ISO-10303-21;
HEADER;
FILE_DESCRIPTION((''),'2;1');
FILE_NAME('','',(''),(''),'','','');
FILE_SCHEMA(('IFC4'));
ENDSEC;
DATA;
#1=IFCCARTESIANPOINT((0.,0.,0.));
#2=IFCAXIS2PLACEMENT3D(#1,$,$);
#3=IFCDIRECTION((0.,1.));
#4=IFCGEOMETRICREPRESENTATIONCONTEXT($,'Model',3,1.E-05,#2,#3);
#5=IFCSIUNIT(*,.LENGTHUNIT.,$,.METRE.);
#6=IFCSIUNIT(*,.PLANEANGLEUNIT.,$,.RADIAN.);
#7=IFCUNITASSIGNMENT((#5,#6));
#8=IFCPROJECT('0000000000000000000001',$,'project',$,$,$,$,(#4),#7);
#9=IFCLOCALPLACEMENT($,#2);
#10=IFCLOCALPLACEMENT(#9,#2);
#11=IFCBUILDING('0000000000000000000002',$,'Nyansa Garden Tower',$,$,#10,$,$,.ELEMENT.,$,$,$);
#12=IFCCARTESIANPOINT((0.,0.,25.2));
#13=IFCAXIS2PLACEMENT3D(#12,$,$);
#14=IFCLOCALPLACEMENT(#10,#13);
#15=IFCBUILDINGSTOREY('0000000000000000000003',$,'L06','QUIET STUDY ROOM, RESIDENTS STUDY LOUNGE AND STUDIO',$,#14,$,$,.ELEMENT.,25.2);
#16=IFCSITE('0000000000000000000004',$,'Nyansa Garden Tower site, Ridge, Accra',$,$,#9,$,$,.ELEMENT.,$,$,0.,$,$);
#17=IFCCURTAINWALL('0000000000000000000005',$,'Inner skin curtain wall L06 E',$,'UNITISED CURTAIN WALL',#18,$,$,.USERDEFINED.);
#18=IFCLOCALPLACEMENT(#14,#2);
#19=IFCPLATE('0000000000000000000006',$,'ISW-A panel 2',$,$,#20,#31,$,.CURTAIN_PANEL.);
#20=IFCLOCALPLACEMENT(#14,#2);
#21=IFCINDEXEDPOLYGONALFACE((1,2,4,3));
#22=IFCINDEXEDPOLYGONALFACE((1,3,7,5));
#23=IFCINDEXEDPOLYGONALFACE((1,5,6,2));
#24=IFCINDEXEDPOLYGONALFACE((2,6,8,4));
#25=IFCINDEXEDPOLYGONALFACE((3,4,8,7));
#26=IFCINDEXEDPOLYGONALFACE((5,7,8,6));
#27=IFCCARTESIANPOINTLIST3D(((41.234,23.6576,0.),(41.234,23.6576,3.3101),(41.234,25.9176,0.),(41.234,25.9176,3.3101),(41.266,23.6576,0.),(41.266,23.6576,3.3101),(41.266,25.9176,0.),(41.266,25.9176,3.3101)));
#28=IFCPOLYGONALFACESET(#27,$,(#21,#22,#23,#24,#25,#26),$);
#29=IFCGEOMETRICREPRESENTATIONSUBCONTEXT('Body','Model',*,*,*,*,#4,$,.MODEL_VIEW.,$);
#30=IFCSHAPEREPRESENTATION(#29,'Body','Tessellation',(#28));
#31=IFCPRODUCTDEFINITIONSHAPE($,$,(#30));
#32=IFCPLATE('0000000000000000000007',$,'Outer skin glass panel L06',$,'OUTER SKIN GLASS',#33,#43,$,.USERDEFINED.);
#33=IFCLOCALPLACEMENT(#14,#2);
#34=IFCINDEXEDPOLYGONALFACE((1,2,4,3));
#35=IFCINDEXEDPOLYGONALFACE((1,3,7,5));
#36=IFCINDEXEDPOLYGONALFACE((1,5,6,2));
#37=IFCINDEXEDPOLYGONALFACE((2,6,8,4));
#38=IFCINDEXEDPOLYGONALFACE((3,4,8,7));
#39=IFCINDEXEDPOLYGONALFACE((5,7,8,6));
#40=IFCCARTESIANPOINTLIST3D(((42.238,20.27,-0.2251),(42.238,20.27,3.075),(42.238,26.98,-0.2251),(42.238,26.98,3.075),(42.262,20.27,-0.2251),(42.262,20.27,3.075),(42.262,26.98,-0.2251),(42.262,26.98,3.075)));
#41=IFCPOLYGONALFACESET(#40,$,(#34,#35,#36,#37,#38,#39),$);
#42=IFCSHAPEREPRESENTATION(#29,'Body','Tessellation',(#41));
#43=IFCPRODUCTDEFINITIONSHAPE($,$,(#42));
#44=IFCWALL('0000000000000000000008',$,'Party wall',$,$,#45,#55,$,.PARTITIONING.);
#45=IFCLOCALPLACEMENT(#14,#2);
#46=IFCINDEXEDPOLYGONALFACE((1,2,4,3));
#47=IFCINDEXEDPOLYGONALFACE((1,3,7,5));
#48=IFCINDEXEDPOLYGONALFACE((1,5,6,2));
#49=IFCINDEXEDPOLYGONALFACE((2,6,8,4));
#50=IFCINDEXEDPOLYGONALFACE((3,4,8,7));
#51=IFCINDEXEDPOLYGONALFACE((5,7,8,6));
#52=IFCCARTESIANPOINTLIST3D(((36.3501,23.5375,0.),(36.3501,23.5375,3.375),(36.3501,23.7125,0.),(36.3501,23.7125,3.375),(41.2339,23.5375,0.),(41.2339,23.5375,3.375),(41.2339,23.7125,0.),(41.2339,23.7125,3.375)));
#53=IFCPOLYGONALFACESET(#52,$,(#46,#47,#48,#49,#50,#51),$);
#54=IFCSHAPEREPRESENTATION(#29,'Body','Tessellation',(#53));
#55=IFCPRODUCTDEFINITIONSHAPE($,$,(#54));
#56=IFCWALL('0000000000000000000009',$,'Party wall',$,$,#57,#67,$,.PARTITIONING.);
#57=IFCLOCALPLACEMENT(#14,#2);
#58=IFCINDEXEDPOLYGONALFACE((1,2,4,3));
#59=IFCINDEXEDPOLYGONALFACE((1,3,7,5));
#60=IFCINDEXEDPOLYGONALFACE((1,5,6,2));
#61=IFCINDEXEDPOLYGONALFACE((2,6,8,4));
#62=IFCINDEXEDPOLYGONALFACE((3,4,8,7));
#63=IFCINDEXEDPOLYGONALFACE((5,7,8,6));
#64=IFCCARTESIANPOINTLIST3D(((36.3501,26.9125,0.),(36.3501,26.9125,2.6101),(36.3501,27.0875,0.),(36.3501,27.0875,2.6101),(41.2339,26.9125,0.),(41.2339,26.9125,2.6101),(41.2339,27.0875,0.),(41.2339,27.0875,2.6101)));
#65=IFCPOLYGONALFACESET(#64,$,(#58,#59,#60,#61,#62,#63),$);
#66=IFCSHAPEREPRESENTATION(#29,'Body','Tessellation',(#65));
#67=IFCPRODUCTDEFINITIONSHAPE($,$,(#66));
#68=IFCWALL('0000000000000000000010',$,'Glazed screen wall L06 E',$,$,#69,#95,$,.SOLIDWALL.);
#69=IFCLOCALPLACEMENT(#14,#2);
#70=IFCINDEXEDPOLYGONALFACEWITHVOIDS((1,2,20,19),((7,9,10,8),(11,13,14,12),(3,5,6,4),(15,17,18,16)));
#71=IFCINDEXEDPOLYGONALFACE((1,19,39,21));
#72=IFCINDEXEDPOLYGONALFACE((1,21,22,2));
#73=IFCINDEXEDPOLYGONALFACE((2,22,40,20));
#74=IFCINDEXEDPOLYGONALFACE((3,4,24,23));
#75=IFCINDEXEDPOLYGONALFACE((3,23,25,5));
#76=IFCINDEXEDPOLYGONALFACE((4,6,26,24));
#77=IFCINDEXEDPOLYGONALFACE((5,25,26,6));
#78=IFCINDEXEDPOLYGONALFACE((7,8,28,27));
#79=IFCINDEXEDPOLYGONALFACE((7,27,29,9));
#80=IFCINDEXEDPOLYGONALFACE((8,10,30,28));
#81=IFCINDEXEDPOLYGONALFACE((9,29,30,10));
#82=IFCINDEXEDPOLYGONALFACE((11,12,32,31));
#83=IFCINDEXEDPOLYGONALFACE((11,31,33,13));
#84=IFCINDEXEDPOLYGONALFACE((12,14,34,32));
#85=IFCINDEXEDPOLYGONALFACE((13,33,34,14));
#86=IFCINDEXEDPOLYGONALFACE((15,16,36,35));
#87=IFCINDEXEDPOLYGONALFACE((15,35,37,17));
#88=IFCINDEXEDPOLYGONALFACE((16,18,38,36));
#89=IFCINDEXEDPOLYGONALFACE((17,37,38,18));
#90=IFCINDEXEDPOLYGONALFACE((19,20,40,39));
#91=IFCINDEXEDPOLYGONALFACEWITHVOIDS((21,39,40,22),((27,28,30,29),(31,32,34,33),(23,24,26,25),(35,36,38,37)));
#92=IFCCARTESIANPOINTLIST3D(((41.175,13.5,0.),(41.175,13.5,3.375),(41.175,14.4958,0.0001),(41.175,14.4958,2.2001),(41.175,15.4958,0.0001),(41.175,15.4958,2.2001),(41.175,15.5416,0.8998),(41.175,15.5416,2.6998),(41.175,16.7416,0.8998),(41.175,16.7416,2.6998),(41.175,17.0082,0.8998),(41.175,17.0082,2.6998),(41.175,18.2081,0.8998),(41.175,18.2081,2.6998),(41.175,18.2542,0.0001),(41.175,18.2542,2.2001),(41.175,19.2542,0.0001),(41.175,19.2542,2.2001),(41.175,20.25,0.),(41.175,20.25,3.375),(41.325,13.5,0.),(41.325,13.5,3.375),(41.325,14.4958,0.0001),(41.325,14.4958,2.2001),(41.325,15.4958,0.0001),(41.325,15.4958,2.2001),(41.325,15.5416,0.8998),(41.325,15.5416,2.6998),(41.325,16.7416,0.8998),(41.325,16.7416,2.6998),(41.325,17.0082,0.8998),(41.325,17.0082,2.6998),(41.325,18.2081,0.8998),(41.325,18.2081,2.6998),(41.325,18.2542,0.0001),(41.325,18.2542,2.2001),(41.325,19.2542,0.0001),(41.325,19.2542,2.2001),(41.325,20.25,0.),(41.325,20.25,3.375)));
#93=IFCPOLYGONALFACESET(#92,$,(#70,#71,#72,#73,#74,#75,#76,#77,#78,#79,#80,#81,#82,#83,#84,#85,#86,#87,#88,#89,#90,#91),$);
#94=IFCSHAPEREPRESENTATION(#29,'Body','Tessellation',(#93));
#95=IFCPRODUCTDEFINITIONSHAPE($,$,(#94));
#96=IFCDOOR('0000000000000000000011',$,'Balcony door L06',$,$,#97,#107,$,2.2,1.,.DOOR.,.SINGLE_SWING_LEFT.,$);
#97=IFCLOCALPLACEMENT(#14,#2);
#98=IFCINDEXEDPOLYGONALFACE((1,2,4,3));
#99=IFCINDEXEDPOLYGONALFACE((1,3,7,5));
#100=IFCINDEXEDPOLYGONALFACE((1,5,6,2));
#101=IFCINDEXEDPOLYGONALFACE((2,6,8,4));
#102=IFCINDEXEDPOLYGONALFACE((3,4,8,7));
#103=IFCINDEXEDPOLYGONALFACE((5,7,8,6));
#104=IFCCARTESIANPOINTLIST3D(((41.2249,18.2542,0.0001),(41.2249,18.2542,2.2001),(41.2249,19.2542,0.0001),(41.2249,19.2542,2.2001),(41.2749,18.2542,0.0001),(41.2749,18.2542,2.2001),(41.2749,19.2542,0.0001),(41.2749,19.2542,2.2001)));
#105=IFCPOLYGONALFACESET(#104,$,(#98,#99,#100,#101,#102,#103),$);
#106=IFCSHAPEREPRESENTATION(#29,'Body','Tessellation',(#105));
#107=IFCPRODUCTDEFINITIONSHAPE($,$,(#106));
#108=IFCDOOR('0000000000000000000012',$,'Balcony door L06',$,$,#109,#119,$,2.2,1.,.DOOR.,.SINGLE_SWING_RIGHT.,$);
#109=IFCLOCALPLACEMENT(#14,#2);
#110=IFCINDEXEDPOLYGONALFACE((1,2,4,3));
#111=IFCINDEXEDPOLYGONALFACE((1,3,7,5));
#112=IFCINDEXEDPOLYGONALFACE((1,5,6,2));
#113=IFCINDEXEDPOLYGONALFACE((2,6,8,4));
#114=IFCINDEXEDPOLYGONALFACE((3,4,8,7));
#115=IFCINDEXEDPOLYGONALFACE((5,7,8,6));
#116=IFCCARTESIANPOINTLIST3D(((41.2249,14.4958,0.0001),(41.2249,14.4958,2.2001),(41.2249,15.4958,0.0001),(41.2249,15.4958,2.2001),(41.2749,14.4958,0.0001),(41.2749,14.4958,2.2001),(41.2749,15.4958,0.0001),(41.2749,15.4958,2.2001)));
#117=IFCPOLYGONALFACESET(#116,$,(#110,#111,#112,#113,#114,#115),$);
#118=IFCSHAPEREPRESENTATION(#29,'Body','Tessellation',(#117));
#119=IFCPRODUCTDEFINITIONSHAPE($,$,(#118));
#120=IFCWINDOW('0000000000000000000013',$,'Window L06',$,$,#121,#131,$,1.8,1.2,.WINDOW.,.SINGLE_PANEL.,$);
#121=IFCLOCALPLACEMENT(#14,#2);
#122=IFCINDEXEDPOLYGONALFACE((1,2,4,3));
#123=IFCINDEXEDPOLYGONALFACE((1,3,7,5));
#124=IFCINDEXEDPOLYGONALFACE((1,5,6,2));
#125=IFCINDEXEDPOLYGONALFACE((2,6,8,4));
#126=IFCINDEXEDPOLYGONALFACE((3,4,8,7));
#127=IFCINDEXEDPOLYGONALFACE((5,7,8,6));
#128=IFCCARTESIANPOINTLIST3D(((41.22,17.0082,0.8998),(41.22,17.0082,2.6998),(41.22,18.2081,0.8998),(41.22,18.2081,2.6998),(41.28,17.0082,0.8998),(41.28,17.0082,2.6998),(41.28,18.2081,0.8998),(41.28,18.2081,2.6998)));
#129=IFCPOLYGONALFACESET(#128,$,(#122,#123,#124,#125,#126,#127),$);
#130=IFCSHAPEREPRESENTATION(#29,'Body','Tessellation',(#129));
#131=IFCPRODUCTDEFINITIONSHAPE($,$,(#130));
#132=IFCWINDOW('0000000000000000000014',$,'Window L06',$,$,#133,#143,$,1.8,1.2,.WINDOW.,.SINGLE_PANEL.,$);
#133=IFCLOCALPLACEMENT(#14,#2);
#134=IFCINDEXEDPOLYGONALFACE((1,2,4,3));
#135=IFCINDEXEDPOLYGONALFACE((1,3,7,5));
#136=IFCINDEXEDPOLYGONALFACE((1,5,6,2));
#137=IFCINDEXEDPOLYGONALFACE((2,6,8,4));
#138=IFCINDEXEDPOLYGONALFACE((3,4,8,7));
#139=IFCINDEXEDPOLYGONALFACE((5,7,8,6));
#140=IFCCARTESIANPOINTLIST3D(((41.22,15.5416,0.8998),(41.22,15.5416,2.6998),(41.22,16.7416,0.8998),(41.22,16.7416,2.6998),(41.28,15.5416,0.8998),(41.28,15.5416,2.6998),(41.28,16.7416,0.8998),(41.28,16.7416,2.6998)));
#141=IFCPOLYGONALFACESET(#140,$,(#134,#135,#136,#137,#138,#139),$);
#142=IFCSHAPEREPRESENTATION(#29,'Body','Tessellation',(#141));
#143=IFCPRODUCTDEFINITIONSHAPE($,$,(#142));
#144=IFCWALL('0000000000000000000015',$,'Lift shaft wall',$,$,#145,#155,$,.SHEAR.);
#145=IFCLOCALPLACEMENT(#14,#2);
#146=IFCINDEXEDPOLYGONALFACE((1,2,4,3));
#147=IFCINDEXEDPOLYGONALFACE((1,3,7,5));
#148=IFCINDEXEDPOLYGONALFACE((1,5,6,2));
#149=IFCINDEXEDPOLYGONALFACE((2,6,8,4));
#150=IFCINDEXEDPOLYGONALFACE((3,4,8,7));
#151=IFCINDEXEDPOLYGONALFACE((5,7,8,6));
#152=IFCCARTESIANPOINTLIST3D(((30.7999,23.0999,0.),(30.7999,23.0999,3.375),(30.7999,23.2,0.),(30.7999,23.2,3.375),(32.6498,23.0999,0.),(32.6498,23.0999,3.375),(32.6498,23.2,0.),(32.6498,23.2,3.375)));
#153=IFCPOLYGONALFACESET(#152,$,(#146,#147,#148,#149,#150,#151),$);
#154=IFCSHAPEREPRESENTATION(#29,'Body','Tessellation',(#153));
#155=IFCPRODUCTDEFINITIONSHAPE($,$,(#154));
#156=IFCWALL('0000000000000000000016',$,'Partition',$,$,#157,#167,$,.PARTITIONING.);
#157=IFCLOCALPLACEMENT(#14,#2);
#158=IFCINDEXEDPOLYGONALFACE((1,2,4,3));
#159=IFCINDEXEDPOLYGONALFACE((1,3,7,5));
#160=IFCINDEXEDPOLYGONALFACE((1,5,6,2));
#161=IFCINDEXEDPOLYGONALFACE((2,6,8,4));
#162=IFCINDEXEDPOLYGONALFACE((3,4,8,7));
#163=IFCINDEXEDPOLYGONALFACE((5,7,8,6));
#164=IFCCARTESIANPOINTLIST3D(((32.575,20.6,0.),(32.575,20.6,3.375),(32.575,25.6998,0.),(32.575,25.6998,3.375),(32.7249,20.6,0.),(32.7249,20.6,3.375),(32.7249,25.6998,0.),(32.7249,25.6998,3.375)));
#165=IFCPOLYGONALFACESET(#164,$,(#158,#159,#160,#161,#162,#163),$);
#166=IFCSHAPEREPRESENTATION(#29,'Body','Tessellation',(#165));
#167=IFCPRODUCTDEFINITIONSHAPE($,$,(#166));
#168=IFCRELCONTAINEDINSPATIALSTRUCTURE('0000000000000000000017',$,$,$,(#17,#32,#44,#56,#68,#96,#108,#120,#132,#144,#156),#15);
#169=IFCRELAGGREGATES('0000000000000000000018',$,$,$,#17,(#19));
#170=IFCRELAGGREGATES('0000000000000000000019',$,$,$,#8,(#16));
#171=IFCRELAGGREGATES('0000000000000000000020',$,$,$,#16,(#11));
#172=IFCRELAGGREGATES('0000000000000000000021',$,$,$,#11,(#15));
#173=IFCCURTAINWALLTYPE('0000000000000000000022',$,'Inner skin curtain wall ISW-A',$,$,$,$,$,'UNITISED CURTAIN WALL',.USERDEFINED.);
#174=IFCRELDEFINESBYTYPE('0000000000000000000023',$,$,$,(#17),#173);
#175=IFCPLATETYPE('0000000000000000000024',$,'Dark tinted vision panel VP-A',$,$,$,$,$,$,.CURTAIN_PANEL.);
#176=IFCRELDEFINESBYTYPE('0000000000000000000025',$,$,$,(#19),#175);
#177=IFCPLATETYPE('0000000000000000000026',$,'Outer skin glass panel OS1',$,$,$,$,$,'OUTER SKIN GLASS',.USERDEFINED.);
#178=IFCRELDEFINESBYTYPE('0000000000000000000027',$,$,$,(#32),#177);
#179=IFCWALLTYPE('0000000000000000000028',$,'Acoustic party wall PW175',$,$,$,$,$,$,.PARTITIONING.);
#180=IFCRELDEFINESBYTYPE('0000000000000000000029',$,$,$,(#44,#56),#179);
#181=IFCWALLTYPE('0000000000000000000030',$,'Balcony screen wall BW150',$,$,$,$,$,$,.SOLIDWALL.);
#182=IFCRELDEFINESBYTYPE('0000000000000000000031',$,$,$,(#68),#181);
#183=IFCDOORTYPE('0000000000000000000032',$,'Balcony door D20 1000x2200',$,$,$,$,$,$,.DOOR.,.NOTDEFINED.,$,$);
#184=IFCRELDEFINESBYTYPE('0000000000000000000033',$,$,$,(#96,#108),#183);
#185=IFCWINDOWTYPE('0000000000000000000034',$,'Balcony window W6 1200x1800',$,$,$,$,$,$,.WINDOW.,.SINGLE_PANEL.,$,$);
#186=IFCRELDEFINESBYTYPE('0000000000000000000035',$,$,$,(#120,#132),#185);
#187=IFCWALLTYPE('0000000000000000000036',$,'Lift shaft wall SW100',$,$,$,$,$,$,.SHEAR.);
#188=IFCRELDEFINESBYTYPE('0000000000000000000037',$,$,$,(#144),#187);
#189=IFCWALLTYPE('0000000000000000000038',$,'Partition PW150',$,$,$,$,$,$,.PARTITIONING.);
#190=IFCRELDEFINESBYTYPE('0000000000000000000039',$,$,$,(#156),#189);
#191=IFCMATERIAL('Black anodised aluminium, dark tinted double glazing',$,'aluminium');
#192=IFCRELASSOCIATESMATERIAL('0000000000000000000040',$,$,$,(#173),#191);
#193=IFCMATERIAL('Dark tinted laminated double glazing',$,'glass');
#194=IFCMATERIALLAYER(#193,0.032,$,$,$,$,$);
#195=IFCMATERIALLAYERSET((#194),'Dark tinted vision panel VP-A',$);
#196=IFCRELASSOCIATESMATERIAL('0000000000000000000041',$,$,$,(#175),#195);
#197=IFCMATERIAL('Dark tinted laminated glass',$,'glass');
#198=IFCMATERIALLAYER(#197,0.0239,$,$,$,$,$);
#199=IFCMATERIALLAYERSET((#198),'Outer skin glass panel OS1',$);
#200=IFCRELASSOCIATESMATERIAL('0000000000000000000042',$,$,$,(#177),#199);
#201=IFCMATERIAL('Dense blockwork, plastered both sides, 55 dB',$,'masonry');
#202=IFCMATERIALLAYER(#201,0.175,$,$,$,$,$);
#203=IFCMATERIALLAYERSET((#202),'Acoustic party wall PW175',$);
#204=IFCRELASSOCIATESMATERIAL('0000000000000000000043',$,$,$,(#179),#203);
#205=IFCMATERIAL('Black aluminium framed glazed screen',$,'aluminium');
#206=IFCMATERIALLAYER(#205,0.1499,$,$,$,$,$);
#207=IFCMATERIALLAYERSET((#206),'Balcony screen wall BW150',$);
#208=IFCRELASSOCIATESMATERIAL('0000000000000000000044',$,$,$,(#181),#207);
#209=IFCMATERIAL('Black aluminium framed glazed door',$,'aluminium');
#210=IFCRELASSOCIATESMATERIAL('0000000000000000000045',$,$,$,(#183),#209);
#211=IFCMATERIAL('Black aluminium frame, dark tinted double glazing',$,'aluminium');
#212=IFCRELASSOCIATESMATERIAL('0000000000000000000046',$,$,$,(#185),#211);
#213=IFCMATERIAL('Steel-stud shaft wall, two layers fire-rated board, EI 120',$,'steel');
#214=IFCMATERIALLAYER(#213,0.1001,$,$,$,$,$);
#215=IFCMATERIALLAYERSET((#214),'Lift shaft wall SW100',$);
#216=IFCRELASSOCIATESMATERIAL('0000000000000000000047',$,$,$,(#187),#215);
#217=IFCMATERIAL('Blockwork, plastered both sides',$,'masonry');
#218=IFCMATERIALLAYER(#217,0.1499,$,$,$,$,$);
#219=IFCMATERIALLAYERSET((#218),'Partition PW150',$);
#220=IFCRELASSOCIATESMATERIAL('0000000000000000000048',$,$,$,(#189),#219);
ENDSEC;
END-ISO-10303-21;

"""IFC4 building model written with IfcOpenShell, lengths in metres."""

from ifc_helpers import new_model, si_unit, direction, frame, frame_2d, origin, origin_2d, place, context, subcontext, project, spatial, rectangle, extrude, material, layer, layer_set, type_object, element, fill, aggregate, save


model = new_model("IFC4")

# Units and contexts
model_context = context("Model", 3, precision=1e-05, world=origin(), true_north=direction((0.0, 1.0)))
body_context = subcontext(model_context, "Body", "Model", "MODEL_VIEW")
ifc_project = project(units=[si_unit("LENGTHUNIT", "METRE"), si_unit("PLANEANGLEUNIT", "RADIAN")], contexts=[model_context])

# Site, building, storey
site_placement = place(None, origin())
site = spatial("IfcSite", under=ifc_project, at=site_placement, Name="Nyansa Garden Tower site, Ridge, Accra", CompositionType="ELEMENT", RefElevation=0.0)
building_placement = place(site_placement, origin())
building = spatial("IfcBuilding", under=site, at=building_placement, Name="Nyansa Garden Tower", CompositionType="ELEMENT")
storey_placement = place(building_placement, frame((0.0, 0.0, 25.2)))
storey = spatial("IfcBuildingStorey", under=building, at=storey_placement, Name="L06", Description="QUIET STUDY ROOM, RESIDENTS STUDY LOUNGE AND STUDIO", CompositionType="ELEMENT", Elevation=25.2)

# Curtain wall
ifc_material_1 = material(Name="Black anodised aluminium, dark tinted double glazing", Category="aluminium")
curtain_wall_type = type_object("IfcCurtainWallType", Name="Inner skin curtain wall ISW-A", ElementType="UNITISED CURTAIN WALL", PredefinedType="USERDEFINED", material=ifc_material_1)
curtain_wall_placement = place(storey_placement, origin())
curtain_wall = element("IfcCurtainWall", 1, at=curtain_wall_placement, inside=storey, type_object=curtain_wall_type, Name="Inner skin curtain wall L06 E", ObjectType="UNITISED CURTAIN WALL", PredefinedType="USERDEFINED")

# Plates
ifc_material_2 = material(Name="Dark tinted laminated double glazing", Category="glass")
ifc_layer_1 = layer(ifc_material_2, 0.032)
ifc_layer_set_1 = layer_set([ifc_layer_1], Name="Dark tinted vision panel VP-A")
plate_type_1 = type_object("IfcPlateType", Name="Dark tinted vision panel VP-A", PredefinedType="CURTAIN_PANEL", material=ifc_layer_set_1)
plate_1_placement = place(storey_placement, frame((41.25, 24.7876, 0.0), z_axis=(0.0, 0.0, 1.0), x_axis=(0.0, 1.0, 0.0)))
plate_1 = element("IfcPlate", 2, at=plate_1_placement, type_object=plate_type_1, Name="ISW-A panel 2", PredefinedType="CURTAIN_PANEL", context=body_context, shape_type="SweptSolid", body=[
    extrude(rectangle(XDim=2.26, YDim=0.032, at=origin_2d()), origin(), (0.0, 0.0, 1.0), 3.3101),
])
aggregate(curtain_wall, [plate_1])
ifc_material_3 = material(Name="Dark tinted laminated glass", Category="glass")
ifc_layer_2 = layer(ifc_material_3, 0.0239)
ifc_layer_set_2 = layer_set([ifc_layer_2], Name="Outer skin glass panel OS1")
plate_type_2 = type_object("IfcPlateType", Name="Outer skin glass panel OS1", ElementType="OUTER SKIN GLASS", PredefinedType="USERDEFINED", material=ifc_layer_set_2)
plate_2_placement = place(storey_placement, frame((42.25, 23.625, -0.2251), z_axis=(0.0, 0.0, 1.0), x_axis=(0.0, 1.0, 0.0)))
element("IfcPlate", 3, at=plate_2_placement, inside=storey, type_object=plate_type_2, Name="Outer skin glass panel L06", ObjectType="OUTER SKIN GLASS", PredefinedType="USERDEFINED", context=body_context, shape_type="SweptSolid", body=[
    extrude(rectangle(XDim=6.71, YDim=0.0239, at=origin_2d()), origin(), (0.0, 0.0, 1.0), 3.3),
])

# Walls
ifc_material_4 = material(Name="Dense blockwork, plastered both sides, 55 dB", Category="masonry")
ifc_layer_3 = layer(ifc_material_4, 0.175)
ifc_layer_set_3 = layer_set([ifc_layer_3], Name="Acoustic party wall PW175")
wall_type_1 = type_object("IfcWallType", Name="Acoustic party wall PW175", PredefinedType="PARTITIONING", material=ifc_layer_set_3)
wall_1_placement = place(storey_placement, frame((36.3501, 23.625, 0.0), z_axis=(0.0, 0.0, 1.0), x_axis=(1.0, 0.0, 0.0)))
element("IfcWall", 4, at=wall_1_placement, inside=storey, type_object=wall_type_1, Name="Party wall", PredefinedType="PARTITIONING", context=body_context, shape_type="SweptSolid", body=[
    extrude(rectangle(XDim=4.8838, YDim=0.175, at=frame_2d((2.4419, 0.0))), origin(), (0.0, 0.0, 1.0), 3.375),
])
wall_2_placement = place(storey_placement, frame((36.3501, 27.0, 0.0), z_axis=(0.0, 0.0, 1.0), x_axis=(1.0, 0.0, 0.0)))
element("IfcWall", 5, at=wall_2_placement, inside=storey, type_object=wall_type_1, Name="Party wall", PredefinedType="PARTITIONING", context=body_context, shape_type="SweptSolid", body=[
    extrude(rectangle(XDim=4.8838, YDim=0.175, at=frame_2d((2.4419, 0.0))), origin(), (0.0, 0.0, 1.0), 2.6101),
])

# Wall, openings, doors, windows
ifc_material_5 = material(Name="Black aluminium framed glazed screen", Category="aluminium")
ifc_layer_4 = layer(ifc_material_5, 0.1499)
ifc_layer_set_4 = layer_set([ifc_layer_4], Name="Balcony screen wall BW150")
wall_type_2 = type_object("IfcWallType", Name="Balcony screen wall BW150", PredefinedType="SOLIDWALL", material=ifc_layer_set_4)
wall_3_placement = place(storey_placement, frame((41.25, 20.25, 0.0), z_axis=(0.0, 0.0, 1.0), x_axis=(0.0, -1.0, 0.0)))
wall_3 = element("IfcWall", 6, at=wall_3_placement, inside=storey, type_object=wall_type_2, Name="Glazed screen wall L06 E", PredefinedType="SOLIDWALL", context=body_context, shape_type="SweptSolid", body=[
    extrude(rectangle(XDim=6.75, YDim=0.1499, at=frame_2d((3.375, 0.0))), origin(), (0.0, 0.0, 1.0), 3.375),
])
opening_1_placement = place(wall_3_placement, frame((0.9958, 0.0, 0.0)))
opening_1 = element("IfcOpeningElement", 7, at=opening_1_placement, cuts=wall_3, PredefinedType="OPENING", context=body_context, shape_type="SweptSolid", body=[
    extrude(rectangle(XDim=1.0, YDim=2.2, at=frame_2d((0.5, 1.1001))), frame((0.0, 0.085, 0.0), z_axis=(0.0, -1.0, 0.0), x_axis=(1.0, 0.0, 0.0)), (0.0, 0.0, 1.0), 0.1699),
])
opening_2_placement = place(wall_3_placement, frame((2.0417, 0.0, 0.8999)))
opening_2 = element("IfcOpeningElement", 8, at=opening_2_placement, cuts=wall_3, PredefinedType="OPENING", context=body_context, shape_type="SweptSolid", body=[
    extrude(rectangle(XDim=1.2, YDim=1.8, at=frame_2d((0.6001, 0.8999))), frame((0.0, 0.085, 0.0), z_axis=(0.0, -1.0, 0.0), x_axis=(1.0, 0.0, 0.0)), (0.0, 0.0, 1.0), 0.1699),
])
opening_3_placement = place(wall_3_placement, frame((4.7542, 0.0, 0.0)))
opening_3 = element("IfcOpeningElement", 9, at=opening_3_placement, cuts=wall_3, PredefinedType="OPENING", context=body_context, shape_type="SweptSolid", body=[
    extrude(rectangle(XDim=1.0, YDim=2.2, at=frame_2d((0.5, 1.1001))), frame((0.0, 0.085, 0.0), z_axis=(0.0, -1.0, 0.0), x_axis=(1.0, 0.0, 0.0)), (0.0, 0.0, 1.0), 0.1699),
])
opening_4_placement = place(wall_3_placement, frame((3.5083, 0.0, 0.8999)))
opening_4 = element("IfcOpeningElement", 10, at=opening_4_placement, cuts=wall_3, PredefinedType="OPENING", context=body_context, shape_type="SweptSolid", body=[
    extrude(rectangle(XDim=1.2, YDim=1.8, at=frame_2d((0.6001, 0.8999))), frame((0.0, 0.085, 0.0), z_axis=(0.0, -1.0, 0.0), x_axis=(1.0, 0.0, 0.0)), (0.0, 0.0, 1.0), 0.1699),
])
ifc_material_6 = material(Name="Black aluminium framed glazed door", Category="aluminium")
door_type_1 = type_object("IfcDoorType", Name="Balcony door D20 1000x2200", OperationType="NOTDEFINED", PredefinedType="DOOR", material=ifc_material_6)
door_1_placement = place(opening_1_placement, origin())
door_1 = element("IfcDoor", 11, at=door_1_placement, inside=storey, type_object=door_type_1, Name="Balcony door L06", OperationType="SINGLE_SWING_LEFT", OverallHeight=2.2, OverallWidth=1.0, PredefinedType="DOOR", context=body_context, shape_type="SweptSolid", body=[
    extrude(rectangle(XDim=1.0, YDim=2.2, at=frame_2d((0.5, 1.1001))), frame((0.0, 0.0249, 0.0), z_axis=(0.0, -1.0, 0.0), x_axis=(1.0, 0.0, 0.0)), (0.0, 0.0, 1.0), 0.05),
])
fill(opening_1, door_1)
door_2_placement = place(opening_3_placement, origin())
door_2 = element("IfcDoor", 12, at=door_2_placement, inside=storey, type_object=door_type_1, Name="Balcony door L06", OperationType="SINGLE_SWING_RIGHT", OverallHeight=2.2, OverallWidth=1.0, PredefinedType="DOOR", context=body_context, shape_type="SweptSolid", body=[
    extrude(rectangle(XDim=1.0, YDim=2.2, at=frame_2d((0.5, 1.1001))), frame((0.0, 0.0249, 0.0), z_axis=(0.0, -1.0, 0.0), x_axis=(1.0, 0.0, 0.0)), (0.0, 0.0, 1.0), 0.05),
])
fill(opening_3, door_2)
ifc_material_7 = material(Name="Black aluminium frame, dark tinted double glazing", Category="aluminium")
window_type = type_object("IfcWindowType", Name="Balcony window W6 1200x1800", PartitioningType="SINGLE_PANEL", PredefinedType="WINDOW", material=ifc_material_7)
window_1_placement = place(opening_2_placement, origin())
window_1 = element("IfcWindow", 13, at=window_1_placement, inside=storey, type_object=window_type, Name="Window L06", OverallHeight=1.8, OverallWidth=1.2, PartitioningType="SINGLE_PANEL", PredefinedType="WINDOW", context=body_context, shape_type="SweptSolid", body=[
    extrude(rectangle(XDim=1.2, YDim=1.8, at=frame_2d((0.6001, 0.8999))), frame((0.0, 0.03, 0.0), z_axis=(0.0, -1.0, 0.0), x_axis=(1.0, 0.0, 0.0)), (0.0, 0.0, 1.0), 0.0601),
])
fill(opening_2, window_1)
window_2_placement = place(opening_4_placement, origin())
window_2 = element("IfcWindow", 14, at=window_2_placement, inside=storey, type_object=window_type, Name="Window L06", OverallHeight=1.8, OverallWidth=1.2, PartitioningType="SINGLE_PANEL", PredefinedType="WINDOW", context=body_context, shape_type="SweptSolid", body=[
    extrude(rectangle(XDim=1.2, YDim=1.8, at=frame_2d((0.6001, 0.8999))), frame((0.0, 0.03, 0.0), z_axis=(0.0, -1.0, 0.0), x_axis=(1.0, 0.0, 0.0)), (0.0, 0.0, 1.0), 0.0601),
])
fill(opening_4, window_2)

# Walls
ifc_material_8 = material(Name="Steel-stud shaft wall, two layers fire-rated board, EI 120", Category="steel")
ifc_layer_5 = layer(ifc_material_8, 0.1001)
ifc_layer_set_5 = layer_set([ifc_layer_5], Name="Lift shaft wall SW100")
wall_type_3 = type_object("IfcWallType", Name="Lift shaft wall SW100", PredefinedType="SHEAR", material=ifc_layer_set_5)
wall_4_placement = place(storey_placement, frame((30.8, 23.1499, 0.0), z_axis=(0.0, 0.0, 1.0), x_axis=(1.0, 0.0, 0.0)))
element("IfcWall", 15, at=wall_4_placement, inside=storey, type_object=wall_type_3, Name="Lift shaft wall", PredefinedType="SHEAR", context=body_context, shape_type="SweptSolid", body=[
    extrude(rectangle(XDim=1.8499, YDim=0.1001, at=frame_2d((0.9248, 0.0))), origin(), (0.0, 0.0, 1.0), 3.375),
])
ifc_material_9 = material(Name="Blockwork, plastered both sides", Category="masonry")
ifc_layer_6 = layer(ifc_material_9, 0.1499)
ifc_layer_set_6 = layer_set([ifc_layer_6], Name="Partition PW150")
wall_type_4 = type_object("IfcWallType", Name="Partition PW150", PredefinedType="PARTITIONING", material=ifc_layer_set_6)
wall_5_placement = place(storey_placement, frame((32.6499, 20.6001, 0.0), z_axis=(0.0, 0.0, 1.0), x_axis=(0.0, 1.0, 0.0)))
element("IfcWall", 16, at=wall_5_placement, inside=storey, type_object=wall_type_4, Name="Partition", PredefinedType="PARTITIONING", context=body_context, shape_type="SweptSolid", body=[
    extrude(rectangle(XDim=5.0999, YDim=0.1499, at=frame_2d((2.5498, 0.0))), origin(), (0.0, 0.0, 1.0), 3.375),
])

save(model, "model.ifc")
